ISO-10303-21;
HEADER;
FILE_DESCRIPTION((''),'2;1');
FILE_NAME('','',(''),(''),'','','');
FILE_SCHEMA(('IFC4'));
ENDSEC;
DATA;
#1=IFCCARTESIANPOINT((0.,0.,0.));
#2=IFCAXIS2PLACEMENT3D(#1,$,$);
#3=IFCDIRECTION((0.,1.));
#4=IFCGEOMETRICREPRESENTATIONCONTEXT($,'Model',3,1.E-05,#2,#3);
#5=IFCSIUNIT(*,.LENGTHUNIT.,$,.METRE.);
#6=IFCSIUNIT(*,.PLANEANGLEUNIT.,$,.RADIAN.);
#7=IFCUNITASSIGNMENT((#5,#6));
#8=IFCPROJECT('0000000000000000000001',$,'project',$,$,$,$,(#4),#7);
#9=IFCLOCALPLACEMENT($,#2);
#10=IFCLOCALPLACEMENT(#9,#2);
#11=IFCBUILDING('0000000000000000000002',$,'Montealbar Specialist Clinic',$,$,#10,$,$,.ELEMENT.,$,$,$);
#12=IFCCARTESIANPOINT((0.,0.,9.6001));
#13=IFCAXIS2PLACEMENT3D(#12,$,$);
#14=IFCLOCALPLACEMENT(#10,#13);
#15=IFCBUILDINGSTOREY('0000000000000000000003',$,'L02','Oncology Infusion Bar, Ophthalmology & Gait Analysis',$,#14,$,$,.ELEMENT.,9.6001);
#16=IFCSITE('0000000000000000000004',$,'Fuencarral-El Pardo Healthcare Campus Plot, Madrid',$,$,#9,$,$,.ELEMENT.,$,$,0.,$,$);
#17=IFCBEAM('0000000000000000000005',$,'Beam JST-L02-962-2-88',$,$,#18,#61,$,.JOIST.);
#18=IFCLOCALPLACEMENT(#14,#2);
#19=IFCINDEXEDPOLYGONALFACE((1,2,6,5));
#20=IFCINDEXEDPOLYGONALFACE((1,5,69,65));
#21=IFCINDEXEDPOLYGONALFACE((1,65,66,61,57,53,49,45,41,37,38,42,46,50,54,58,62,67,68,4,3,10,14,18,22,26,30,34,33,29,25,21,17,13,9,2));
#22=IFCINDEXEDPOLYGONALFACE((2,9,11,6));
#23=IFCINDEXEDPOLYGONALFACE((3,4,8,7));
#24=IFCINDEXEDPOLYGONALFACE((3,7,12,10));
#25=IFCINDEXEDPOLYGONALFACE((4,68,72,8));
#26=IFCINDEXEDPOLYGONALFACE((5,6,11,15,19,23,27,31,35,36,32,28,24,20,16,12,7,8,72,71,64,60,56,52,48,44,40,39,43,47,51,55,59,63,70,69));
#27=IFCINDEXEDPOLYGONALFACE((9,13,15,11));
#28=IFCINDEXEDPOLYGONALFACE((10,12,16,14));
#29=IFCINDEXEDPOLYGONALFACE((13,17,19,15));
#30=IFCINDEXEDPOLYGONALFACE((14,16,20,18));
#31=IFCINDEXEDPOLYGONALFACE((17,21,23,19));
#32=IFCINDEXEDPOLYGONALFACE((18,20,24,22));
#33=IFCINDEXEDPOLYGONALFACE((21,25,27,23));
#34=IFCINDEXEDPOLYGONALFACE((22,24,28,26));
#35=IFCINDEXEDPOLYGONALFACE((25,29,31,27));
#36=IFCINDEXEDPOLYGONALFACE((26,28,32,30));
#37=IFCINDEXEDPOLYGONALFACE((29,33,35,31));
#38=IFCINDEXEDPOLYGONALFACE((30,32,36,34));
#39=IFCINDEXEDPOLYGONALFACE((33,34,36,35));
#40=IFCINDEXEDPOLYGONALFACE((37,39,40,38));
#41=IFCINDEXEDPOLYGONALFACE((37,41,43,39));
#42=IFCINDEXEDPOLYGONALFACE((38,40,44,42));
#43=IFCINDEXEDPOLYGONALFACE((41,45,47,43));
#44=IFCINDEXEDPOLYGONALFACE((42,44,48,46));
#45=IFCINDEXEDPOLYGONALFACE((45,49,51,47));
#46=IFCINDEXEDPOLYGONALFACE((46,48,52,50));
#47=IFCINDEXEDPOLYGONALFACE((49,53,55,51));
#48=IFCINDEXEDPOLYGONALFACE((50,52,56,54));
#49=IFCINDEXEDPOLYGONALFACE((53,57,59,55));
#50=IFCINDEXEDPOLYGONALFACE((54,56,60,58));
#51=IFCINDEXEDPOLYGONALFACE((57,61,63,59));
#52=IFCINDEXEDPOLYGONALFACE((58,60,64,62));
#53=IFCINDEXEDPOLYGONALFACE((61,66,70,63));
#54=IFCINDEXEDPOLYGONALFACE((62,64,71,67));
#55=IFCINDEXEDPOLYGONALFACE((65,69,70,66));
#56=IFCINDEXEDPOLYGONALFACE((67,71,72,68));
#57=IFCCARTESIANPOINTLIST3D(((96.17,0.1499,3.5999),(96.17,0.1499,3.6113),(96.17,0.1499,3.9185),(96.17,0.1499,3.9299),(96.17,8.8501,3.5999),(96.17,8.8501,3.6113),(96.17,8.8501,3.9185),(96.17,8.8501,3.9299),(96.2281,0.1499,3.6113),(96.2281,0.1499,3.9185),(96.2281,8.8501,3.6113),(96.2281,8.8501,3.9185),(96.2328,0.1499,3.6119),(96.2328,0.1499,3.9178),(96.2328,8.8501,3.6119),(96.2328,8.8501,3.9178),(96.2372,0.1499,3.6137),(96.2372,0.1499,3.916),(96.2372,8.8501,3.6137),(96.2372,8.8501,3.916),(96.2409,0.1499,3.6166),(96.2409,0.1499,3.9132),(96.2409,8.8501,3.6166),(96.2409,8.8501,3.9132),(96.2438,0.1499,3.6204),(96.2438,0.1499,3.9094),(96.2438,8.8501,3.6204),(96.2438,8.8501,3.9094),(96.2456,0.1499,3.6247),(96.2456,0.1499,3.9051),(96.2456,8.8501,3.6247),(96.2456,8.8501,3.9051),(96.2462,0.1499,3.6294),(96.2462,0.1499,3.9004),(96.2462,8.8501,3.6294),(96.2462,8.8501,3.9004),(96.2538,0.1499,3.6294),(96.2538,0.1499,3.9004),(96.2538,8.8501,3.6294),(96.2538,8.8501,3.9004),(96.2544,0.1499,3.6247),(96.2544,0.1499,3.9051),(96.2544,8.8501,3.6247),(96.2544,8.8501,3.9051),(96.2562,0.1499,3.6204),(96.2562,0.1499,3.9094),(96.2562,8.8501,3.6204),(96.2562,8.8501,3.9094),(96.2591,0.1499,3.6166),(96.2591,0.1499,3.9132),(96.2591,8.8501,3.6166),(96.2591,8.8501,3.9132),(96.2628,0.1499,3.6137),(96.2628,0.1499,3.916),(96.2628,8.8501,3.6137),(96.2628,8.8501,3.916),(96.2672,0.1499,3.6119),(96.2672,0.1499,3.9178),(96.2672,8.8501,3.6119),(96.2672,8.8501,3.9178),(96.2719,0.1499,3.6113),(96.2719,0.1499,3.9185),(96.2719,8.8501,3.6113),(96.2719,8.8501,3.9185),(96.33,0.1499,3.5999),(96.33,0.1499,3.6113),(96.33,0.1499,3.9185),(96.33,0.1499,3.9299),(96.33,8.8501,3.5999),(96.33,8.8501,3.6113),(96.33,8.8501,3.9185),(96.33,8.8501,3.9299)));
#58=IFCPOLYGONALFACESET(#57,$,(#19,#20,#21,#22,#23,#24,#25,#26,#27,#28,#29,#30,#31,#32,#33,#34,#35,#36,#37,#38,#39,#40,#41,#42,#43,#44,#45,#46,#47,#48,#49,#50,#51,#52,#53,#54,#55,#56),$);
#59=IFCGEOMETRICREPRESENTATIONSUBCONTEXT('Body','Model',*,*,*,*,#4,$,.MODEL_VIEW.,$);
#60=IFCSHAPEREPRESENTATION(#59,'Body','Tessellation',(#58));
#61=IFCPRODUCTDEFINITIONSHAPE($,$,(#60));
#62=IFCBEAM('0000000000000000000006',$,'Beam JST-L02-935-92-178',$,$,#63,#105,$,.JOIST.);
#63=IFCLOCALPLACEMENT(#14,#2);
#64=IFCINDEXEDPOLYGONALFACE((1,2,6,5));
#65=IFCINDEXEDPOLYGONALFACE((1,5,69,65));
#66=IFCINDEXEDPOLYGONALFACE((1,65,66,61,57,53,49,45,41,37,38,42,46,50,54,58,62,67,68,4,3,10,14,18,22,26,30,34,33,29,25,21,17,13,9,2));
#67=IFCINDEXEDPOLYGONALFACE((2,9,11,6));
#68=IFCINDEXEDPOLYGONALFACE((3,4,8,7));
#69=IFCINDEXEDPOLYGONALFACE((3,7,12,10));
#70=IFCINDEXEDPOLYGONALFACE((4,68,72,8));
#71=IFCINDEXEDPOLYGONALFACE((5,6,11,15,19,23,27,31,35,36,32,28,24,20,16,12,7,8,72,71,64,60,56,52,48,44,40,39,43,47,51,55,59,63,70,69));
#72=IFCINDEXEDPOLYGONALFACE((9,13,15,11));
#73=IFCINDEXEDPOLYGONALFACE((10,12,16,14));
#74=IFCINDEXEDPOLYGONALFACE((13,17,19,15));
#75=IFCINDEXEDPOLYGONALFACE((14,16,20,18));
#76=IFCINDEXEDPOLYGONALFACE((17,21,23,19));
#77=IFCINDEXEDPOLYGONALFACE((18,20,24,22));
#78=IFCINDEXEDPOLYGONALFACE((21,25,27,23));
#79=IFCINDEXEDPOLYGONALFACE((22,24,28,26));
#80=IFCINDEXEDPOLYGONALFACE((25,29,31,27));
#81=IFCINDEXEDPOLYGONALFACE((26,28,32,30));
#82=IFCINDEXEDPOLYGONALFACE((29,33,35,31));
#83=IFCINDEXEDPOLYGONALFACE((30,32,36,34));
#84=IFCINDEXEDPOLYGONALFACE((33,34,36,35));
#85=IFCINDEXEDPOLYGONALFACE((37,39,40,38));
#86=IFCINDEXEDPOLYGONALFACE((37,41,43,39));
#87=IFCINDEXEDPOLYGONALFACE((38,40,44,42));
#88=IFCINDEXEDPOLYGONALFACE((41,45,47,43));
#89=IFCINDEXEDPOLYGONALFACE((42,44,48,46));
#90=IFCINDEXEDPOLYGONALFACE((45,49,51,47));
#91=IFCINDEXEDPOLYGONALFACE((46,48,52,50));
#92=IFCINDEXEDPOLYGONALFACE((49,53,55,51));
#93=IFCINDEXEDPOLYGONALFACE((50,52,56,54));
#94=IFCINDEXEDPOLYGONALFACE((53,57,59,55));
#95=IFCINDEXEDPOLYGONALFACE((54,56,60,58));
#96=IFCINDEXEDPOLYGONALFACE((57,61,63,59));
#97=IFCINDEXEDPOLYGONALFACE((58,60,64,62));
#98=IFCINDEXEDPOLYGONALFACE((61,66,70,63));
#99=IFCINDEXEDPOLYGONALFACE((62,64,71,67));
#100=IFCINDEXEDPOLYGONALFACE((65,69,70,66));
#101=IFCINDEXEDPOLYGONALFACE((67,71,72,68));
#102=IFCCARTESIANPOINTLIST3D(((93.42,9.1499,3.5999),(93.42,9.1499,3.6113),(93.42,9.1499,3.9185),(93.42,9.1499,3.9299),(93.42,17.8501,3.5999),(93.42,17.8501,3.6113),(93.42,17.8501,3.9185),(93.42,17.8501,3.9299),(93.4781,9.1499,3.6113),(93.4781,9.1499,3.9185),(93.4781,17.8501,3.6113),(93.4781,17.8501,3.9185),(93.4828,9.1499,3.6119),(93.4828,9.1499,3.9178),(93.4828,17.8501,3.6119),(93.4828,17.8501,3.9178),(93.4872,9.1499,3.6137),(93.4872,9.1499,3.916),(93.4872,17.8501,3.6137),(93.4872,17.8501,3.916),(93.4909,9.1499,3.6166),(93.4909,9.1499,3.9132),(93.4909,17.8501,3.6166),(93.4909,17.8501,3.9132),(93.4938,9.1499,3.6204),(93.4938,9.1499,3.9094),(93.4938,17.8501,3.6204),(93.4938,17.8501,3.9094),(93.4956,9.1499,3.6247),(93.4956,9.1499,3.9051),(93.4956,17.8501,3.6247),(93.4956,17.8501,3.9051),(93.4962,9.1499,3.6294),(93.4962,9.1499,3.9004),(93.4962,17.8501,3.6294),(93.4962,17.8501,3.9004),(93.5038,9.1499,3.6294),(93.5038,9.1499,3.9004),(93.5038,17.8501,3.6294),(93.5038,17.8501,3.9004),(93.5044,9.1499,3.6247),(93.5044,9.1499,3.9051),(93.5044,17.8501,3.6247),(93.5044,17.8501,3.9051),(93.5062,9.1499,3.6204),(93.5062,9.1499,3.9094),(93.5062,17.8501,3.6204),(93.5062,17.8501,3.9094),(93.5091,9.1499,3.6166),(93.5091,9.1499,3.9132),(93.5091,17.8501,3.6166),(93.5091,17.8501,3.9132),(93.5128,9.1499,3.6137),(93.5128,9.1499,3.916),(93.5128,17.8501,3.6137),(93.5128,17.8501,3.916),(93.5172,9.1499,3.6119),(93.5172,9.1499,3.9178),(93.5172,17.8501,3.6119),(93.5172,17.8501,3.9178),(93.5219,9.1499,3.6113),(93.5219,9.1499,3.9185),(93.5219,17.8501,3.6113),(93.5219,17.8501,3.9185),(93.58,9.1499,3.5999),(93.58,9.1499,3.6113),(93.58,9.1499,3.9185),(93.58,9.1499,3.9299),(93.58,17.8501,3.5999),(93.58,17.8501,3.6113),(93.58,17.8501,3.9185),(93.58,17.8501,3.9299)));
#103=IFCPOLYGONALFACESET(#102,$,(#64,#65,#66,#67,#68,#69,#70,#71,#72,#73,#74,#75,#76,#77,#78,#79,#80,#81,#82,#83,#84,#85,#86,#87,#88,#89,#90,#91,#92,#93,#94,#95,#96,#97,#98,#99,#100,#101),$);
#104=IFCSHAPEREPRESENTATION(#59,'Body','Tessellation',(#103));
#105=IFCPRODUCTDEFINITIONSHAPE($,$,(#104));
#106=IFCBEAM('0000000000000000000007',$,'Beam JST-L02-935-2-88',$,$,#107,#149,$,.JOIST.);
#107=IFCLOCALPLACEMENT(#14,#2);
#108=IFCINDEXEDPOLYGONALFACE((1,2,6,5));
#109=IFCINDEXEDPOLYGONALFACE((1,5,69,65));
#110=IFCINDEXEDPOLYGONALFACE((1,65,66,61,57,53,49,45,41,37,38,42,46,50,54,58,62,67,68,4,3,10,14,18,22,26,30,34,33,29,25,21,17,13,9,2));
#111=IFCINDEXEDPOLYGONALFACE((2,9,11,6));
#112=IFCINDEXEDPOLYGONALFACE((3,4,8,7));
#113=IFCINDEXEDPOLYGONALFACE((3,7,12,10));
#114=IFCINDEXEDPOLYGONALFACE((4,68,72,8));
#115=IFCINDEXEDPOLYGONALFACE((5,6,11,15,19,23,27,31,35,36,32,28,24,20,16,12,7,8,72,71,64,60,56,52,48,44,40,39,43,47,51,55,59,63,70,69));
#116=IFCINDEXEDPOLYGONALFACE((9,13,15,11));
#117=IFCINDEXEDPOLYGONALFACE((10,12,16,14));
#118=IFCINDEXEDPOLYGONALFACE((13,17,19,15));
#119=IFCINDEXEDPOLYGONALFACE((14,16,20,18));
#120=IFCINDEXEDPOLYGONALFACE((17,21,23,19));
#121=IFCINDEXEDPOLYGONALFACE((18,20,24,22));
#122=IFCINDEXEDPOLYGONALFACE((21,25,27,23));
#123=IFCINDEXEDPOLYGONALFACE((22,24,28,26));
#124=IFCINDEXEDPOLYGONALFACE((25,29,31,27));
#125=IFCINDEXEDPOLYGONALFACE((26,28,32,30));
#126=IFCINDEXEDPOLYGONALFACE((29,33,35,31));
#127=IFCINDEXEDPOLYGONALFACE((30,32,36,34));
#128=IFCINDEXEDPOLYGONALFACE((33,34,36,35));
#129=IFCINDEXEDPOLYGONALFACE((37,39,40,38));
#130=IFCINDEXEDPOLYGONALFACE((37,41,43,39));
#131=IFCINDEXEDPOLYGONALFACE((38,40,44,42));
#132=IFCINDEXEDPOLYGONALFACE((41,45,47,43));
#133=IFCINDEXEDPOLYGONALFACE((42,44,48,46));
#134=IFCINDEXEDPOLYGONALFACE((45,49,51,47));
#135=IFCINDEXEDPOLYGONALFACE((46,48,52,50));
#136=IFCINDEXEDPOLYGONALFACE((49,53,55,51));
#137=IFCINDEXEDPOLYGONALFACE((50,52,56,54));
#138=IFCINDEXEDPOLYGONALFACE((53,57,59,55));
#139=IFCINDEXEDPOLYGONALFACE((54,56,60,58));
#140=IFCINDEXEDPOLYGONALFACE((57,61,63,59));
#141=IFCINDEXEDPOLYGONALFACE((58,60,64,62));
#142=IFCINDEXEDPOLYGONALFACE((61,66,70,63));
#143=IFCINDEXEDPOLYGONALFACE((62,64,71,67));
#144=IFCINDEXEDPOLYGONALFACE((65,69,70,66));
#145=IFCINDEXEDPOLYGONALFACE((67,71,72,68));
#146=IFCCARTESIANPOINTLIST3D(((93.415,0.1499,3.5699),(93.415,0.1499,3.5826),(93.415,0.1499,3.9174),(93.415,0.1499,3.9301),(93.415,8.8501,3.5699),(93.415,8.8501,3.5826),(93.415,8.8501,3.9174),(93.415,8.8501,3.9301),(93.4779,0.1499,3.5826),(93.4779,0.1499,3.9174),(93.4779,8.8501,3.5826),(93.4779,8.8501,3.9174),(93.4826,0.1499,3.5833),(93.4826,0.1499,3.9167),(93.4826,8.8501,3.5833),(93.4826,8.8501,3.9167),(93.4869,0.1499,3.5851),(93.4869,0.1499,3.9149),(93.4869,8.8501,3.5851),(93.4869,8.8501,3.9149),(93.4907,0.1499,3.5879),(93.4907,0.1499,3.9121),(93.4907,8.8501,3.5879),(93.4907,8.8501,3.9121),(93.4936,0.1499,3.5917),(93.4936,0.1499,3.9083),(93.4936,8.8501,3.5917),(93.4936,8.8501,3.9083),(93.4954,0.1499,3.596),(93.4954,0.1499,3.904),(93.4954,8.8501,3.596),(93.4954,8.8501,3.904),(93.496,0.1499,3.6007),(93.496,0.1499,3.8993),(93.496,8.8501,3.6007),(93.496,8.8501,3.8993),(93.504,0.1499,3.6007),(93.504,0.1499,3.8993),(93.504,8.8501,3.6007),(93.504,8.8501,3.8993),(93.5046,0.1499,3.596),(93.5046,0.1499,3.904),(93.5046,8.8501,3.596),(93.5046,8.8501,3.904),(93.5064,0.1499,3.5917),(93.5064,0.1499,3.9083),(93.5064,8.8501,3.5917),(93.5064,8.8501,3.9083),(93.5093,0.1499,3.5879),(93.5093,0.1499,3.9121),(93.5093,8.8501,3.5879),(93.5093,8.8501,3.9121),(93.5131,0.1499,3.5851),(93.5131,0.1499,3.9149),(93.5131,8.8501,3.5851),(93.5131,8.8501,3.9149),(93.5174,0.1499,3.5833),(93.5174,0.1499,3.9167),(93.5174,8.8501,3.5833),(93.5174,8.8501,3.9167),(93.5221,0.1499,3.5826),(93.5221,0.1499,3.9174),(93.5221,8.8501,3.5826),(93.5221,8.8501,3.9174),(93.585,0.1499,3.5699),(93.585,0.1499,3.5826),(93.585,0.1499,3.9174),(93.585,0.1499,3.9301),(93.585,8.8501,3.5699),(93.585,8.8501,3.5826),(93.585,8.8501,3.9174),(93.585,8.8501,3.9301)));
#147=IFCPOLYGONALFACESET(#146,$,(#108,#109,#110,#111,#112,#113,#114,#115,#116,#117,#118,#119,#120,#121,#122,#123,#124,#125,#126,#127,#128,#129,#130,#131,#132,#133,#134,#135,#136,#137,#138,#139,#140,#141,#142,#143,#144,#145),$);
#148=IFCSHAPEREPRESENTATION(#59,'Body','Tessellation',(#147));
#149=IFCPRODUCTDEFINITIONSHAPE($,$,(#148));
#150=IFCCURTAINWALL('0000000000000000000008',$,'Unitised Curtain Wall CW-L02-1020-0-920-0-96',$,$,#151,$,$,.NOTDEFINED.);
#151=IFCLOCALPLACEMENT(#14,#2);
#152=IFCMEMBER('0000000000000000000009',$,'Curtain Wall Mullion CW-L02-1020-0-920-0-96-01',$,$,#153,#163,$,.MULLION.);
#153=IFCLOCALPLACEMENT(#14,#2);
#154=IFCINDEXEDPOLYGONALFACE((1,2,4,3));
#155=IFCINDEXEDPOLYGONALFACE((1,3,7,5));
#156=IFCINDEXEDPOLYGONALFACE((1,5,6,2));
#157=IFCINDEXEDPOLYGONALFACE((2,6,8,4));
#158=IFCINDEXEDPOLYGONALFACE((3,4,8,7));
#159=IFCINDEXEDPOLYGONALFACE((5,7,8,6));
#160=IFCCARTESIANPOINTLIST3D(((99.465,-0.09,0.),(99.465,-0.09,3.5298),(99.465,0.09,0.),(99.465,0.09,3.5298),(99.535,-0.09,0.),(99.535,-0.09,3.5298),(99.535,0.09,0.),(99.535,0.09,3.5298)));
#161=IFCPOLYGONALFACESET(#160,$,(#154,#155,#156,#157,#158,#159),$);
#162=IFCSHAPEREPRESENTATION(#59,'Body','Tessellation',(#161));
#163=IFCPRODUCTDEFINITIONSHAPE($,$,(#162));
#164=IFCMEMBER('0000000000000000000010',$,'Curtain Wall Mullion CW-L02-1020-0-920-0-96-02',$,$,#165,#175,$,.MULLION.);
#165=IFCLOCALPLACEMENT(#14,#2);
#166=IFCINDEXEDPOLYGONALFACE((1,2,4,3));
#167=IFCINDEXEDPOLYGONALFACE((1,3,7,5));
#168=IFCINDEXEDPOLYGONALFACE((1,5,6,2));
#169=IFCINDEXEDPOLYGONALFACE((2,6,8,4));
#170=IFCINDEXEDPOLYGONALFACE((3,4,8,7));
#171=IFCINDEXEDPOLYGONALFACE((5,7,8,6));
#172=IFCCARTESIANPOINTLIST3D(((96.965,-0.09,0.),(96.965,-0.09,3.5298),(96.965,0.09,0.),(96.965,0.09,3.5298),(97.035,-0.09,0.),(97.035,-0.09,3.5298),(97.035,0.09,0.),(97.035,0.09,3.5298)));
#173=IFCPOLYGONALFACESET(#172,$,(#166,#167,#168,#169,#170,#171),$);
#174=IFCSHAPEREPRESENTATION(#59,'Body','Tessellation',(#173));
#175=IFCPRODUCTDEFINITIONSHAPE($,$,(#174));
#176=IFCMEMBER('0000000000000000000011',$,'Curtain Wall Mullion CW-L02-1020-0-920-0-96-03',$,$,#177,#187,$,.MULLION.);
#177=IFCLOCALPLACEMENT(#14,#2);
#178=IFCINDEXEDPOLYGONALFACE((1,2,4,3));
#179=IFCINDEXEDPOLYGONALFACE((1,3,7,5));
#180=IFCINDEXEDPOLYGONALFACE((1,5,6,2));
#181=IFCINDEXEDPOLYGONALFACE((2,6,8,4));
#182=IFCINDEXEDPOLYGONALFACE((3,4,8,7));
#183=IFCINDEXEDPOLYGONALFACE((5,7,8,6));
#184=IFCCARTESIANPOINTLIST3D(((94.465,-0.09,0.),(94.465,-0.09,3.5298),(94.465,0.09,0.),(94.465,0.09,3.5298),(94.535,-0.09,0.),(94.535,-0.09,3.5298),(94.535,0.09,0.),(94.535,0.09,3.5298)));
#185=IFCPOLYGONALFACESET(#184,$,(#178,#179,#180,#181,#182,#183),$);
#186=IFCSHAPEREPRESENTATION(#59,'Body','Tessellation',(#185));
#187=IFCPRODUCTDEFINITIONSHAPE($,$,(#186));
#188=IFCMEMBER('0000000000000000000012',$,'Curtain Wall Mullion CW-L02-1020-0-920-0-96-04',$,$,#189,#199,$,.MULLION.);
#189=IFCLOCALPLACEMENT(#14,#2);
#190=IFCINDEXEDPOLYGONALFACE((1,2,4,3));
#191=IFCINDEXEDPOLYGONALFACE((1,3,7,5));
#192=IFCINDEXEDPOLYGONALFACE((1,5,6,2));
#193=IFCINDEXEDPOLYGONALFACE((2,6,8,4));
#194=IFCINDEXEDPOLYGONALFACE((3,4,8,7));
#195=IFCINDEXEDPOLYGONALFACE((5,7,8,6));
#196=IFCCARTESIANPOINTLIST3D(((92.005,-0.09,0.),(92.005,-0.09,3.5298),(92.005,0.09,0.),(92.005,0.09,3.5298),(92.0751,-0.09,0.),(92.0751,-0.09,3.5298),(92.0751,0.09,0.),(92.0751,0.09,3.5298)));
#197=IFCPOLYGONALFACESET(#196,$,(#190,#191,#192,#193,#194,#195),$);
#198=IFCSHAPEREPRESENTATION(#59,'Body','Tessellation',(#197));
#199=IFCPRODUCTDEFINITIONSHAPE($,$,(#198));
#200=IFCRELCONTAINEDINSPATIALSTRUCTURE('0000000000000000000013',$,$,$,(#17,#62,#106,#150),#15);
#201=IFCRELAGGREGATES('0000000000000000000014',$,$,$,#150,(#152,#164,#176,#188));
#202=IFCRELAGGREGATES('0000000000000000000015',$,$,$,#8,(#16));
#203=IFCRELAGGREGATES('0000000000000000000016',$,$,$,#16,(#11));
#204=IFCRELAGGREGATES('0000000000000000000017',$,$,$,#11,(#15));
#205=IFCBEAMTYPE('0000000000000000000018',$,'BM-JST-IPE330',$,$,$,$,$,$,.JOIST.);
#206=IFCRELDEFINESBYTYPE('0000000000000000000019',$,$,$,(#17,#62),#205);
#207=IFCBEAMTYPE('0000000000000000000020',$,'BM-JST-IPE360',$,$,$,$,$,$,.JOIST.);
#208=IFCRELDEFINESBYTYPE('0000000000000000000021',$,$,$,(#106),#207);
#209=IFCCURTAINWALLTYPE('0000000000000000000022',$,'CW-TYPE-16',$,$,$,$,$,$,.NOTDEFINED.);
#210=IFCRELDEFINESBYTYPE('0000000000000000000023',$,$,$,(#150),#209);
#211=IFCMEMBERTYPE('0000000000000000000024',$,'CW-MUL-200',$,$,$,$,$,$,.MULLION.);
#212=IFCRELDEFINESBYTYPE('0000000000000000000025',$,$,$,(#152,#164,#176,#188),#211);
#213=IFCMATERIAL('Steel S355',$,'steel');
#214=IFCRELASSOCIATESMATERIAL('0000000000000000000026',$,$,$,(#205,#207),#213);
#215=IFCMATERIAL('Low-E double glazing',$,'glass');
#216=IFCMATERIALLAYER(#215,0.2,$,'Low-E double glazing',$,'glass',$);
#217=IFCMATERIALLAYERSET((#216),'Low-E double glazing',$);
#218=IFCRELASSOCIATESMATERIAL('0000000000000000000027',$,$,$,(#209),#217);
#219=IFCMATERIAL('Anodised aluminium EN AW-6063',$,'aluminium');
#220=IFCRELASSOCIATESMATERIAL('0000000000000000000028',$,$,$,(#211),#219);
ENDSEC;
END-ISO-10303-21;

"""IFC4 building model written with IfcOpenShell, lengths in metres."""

from ifc_helpers import new_model, si_unit, direction, frame, origin, origin_2d, place, context, subcontext, project, spatial, rectangle, i_section, extrude, material, layer, layer_set, material_profile, profile_set, type_object, element, aggregate, save


model = new_model("IFC4")

# Units and contexts
model_context = context("Model", 3, precision=1e-05, world=origin(), true_north=direction((0.0, 1.0)))
body_context = subcontext(model_context, "Body", "Model", "MODEL_VIEW")
ifc_project = project(units=[si_unit("LENGTHUNIT", "METRE"), si_unit("PLANEANGLEUNIT", "RADIAN")], contexts=[model_context])

# Site, building, storey
site_placement = place(None, origin())
site = spatial("IfcSite", under=ifc_project, at=site_placement, Name="Fuencarral-El Pardo Healthcare Campus Plot, Madrid", CompositionType="ELEMENT", RefElevation=0.0)
building_placement = place(site_placement, origin())
building = spatial("IfcBuilding", under=site, at=building_placement, Name="Montealbar Specialist Clinic", CompositionType="ELEMENT")
storey_placement = place(building_placement, frame((0.0, 0.0, 9.6001)))
storey = spatial("IfcBuildingStorey", under=building, at=storey_placement, Name="L02", Description="Oncology Infusion Bar, Ophthalmology & Gait Analysis", CompositionType="ELEMENT", Elevation=9.6001)

# Shared definitions
ifc_material_1 = material(Name="Steel S355", Category="steel")

# Beams
ifc_material_profile_1 = material_profile(ifc_material_1, i_section(OverallWidth=0.1599, OverallDepth=0.3301, WebThickness=0.0076, FlangeThickness=0.0115, FilletRadius=0.0181, at=origin_2d()), Name="IPE 330", Category="steel")
ifc_profile_set_1 = profile_set([ifc_material_profile_1], Name="Steel S355")
beam_type_1 = type_object("IfcBeamType", Name="BM-JST-IPE330", PredefinedType="JOIST", material=ifc_profile_set_1)
for number, where, z_axis, x_axis, name in (
    (1, (96.25, 0.1499, 3.7649), (0.0, 1.0, 0.0), (-1.0, 0.0, 0.0), "Beam JST-L02-962-2-88"),
    (2, (93.5, 9.1499, 3.7649), (0.0, 1.0, 0.0), (-1.0, 0.0, 0.0), "Beam JST-L02-935-92-178"),
):
    element("IfcBeam", number, at=place(storey_placement, frame(where, z_axis=z_axis, x_axis=x_axis)), inside=storey, type_object=beam_type_1, Name=name, PredefinedType="JOIST", context=body_context, shape_type="SweptSolid", body=[
        extrude(i_section(OverallWidth=0.1599, OverallDepth=0.3301, WebThickness=0.0076, FlangeThickness=0.0115, FilletRadius=0.0181, at=origin_2d()), origin(), (0.0, 0.0, 1.0), 8.7002),
    ])
ifc_material_profile_2 = material_profile(ifc_material_1, i_section(OverallWidth=0.1699, OverallDepth=0.3601, WebThickness=0.0081, FlangeThickness=0.0127, FilletRadius=0.0181, at=origin_2d()), Name="IPE 360", Category="steel")
ifc_profile_set_2 = profile_set([ifc_material_profile_2], Name="Steel S355")
beam_type_2 = type_object("IfcBeamType", Name="BM-JST-IPE360", PredefinedType="JOIST", material=ifc_profile_set_2)
beam_1_placement = place(storey_placement, frame((93.5, 0.1499, 3.75), z_axis=(0.0, 1.0, 0.0), x_axis=(-1.0, 0.0, 0.0)))
element("IfcBeam", 3, at=beam_1_placement, inside=storey, type_object=beam_type_2, Name="Beam JST-L02-935-2-88", PredefinedType="JOIST", context=body_context, shape_type="SweptSolid", body=[
    extrude(i_section(OverallWidth=0.1699, OverallDepth=0.3601, WebThickness=0.0081, FlangeThickness=0.0127, FilletRadius=0.0181, at=origin_2d()), origin(), (0.0, 0.0, 1.0), 8.7002),
])

# Curtain wall, members
ifc_material_2 = material(Name="Low-E double glazing", Category="glass")
ifc_layer_1 = layer(ifc_material_2, 0.2, Name="Low-E double glazing", Category="glass")
ifc_layer_set_1 = layer_set([ifc_layer_1], Name="Low-E double glazing")
curtain_wall_type = type_object("IfcCurtainWallType", Name="CW-TYPE-16", PredefinedType="NOTDEFINED", material=ifc_layer_set_1)
curtain_wall_1_placement = place(storey_placement, origin())
curtain_wall_1 = element("IfcCurtainWall", 4, at=curtain_wall_1_placement, inside=storey, type_object=curtain_wall_type, Name="Unitised Curtain Wall CW-L02-1020-0-920-0-96", PredefinedType="NOTDEFINED")
ifc_material_3 = material(Name="Anodised aluminium EN AW-6063", Category="aluminium")
ifc_material_profile_3 = material_profile(ifc_material_3, rectangle(XDim=0.0701, YDim=0.1799, at=origin_2d()), Name="ALU 70x180", Category="aluminium")
ifc_profile_set_3 = profile_set([ifc_material_profile_3], Name="Anodised aluminium EN AW-6063")
member_type_1 = type_object("IfcMemberType", Name="CW-MUL-200", PredefinedType="MULLION", material=ifc_profile_set_3)
member_1_placement = place(storey_placement, frame((99.5, 0.0, 0.0), z_axis=(0.0, 0.0, 1.0), x_axis=(-1.0, 0.0, 0.0)))
member_1 = element("IfcMember", 5, at=member_1_placement, type_object=member_type_1, Name="Curtain Wall Mullion CW-L02-1020-0-920-0-96-01", PredefinedType="MULLION", context=body_context, shape_type="SweptSolid", body=[
    extrude(rectangle(XDim=0.0701, YDim=0.1799, at=origin_2d()), origin(), (0.0, 0.0, 1.0), 3.5298),
])
member_2_placement = place(storey_placement, frame((97.0, 0.0, 0.0), z_axis=(0.0, 0.0, 1.0), x_axis=(-1.0, 0.0, 0.0)))
member_2 = element("IfcMember", 6, at=member_2_placement, type_object=member_type_1, Name="Curtain Wall Mullion CW-L02-1020-0-920-0-96-02", PredefinedType="MULLION", context=body_context, shape_type="SweptSolid", body=[
    extrude(rectangle(XDim=0.0701, YDim=0.1799, at=origin_2d()), origin(), (0.0, 0.0, 1.0), 3.5298),
])
member_3_placement = place(storey_placement, frame((94.5, 0.0, 0.0), z_axis=(0.0, 0.0, 1.0), x_axis=(-1.0, 0.0, 0.0)))
member_3 = element("IfcMember", 7, at=member_3_placement, type_object=member_type_1, Name="Curtain Wall Mullion CW-L02-1020-0-920-0-96-03", PredefinedType="MULLION", context=body_context, shape_type="SweptSolid", body=[
    extrude(rectangle(XDim=0.0701, YDim=0.1799, at=origin_2d()), origin(), (0.0, 0.0, 1.0), 3.5298),
])
member_4_placement = place(storey_placement, frame((92.04, 0.0, 0.0), z_axis=(0.0, 0.0, 1.0), x_axis=(-1.0, 0.0, 0.0)))
member_4 = element("IfcMember", 8, at=member_4_placement, type_object=member_type_1, Name="Curtain Wall Mullion CW-L02-1020-0-920-0-96-04", PredefinedType="MULLION", context=body_context, shape_type="SweptSolid", body=[
    extrude(rectangle(XDim=0.0701, YDim=0.1799, at=origin_2d()), origin(), (0.0, 0.0, 1.0), 3.5298),
])

aggregate(curtain_wall_1, [member_1, member_2, member_3, member_4])

save(model, "model.ifc")
